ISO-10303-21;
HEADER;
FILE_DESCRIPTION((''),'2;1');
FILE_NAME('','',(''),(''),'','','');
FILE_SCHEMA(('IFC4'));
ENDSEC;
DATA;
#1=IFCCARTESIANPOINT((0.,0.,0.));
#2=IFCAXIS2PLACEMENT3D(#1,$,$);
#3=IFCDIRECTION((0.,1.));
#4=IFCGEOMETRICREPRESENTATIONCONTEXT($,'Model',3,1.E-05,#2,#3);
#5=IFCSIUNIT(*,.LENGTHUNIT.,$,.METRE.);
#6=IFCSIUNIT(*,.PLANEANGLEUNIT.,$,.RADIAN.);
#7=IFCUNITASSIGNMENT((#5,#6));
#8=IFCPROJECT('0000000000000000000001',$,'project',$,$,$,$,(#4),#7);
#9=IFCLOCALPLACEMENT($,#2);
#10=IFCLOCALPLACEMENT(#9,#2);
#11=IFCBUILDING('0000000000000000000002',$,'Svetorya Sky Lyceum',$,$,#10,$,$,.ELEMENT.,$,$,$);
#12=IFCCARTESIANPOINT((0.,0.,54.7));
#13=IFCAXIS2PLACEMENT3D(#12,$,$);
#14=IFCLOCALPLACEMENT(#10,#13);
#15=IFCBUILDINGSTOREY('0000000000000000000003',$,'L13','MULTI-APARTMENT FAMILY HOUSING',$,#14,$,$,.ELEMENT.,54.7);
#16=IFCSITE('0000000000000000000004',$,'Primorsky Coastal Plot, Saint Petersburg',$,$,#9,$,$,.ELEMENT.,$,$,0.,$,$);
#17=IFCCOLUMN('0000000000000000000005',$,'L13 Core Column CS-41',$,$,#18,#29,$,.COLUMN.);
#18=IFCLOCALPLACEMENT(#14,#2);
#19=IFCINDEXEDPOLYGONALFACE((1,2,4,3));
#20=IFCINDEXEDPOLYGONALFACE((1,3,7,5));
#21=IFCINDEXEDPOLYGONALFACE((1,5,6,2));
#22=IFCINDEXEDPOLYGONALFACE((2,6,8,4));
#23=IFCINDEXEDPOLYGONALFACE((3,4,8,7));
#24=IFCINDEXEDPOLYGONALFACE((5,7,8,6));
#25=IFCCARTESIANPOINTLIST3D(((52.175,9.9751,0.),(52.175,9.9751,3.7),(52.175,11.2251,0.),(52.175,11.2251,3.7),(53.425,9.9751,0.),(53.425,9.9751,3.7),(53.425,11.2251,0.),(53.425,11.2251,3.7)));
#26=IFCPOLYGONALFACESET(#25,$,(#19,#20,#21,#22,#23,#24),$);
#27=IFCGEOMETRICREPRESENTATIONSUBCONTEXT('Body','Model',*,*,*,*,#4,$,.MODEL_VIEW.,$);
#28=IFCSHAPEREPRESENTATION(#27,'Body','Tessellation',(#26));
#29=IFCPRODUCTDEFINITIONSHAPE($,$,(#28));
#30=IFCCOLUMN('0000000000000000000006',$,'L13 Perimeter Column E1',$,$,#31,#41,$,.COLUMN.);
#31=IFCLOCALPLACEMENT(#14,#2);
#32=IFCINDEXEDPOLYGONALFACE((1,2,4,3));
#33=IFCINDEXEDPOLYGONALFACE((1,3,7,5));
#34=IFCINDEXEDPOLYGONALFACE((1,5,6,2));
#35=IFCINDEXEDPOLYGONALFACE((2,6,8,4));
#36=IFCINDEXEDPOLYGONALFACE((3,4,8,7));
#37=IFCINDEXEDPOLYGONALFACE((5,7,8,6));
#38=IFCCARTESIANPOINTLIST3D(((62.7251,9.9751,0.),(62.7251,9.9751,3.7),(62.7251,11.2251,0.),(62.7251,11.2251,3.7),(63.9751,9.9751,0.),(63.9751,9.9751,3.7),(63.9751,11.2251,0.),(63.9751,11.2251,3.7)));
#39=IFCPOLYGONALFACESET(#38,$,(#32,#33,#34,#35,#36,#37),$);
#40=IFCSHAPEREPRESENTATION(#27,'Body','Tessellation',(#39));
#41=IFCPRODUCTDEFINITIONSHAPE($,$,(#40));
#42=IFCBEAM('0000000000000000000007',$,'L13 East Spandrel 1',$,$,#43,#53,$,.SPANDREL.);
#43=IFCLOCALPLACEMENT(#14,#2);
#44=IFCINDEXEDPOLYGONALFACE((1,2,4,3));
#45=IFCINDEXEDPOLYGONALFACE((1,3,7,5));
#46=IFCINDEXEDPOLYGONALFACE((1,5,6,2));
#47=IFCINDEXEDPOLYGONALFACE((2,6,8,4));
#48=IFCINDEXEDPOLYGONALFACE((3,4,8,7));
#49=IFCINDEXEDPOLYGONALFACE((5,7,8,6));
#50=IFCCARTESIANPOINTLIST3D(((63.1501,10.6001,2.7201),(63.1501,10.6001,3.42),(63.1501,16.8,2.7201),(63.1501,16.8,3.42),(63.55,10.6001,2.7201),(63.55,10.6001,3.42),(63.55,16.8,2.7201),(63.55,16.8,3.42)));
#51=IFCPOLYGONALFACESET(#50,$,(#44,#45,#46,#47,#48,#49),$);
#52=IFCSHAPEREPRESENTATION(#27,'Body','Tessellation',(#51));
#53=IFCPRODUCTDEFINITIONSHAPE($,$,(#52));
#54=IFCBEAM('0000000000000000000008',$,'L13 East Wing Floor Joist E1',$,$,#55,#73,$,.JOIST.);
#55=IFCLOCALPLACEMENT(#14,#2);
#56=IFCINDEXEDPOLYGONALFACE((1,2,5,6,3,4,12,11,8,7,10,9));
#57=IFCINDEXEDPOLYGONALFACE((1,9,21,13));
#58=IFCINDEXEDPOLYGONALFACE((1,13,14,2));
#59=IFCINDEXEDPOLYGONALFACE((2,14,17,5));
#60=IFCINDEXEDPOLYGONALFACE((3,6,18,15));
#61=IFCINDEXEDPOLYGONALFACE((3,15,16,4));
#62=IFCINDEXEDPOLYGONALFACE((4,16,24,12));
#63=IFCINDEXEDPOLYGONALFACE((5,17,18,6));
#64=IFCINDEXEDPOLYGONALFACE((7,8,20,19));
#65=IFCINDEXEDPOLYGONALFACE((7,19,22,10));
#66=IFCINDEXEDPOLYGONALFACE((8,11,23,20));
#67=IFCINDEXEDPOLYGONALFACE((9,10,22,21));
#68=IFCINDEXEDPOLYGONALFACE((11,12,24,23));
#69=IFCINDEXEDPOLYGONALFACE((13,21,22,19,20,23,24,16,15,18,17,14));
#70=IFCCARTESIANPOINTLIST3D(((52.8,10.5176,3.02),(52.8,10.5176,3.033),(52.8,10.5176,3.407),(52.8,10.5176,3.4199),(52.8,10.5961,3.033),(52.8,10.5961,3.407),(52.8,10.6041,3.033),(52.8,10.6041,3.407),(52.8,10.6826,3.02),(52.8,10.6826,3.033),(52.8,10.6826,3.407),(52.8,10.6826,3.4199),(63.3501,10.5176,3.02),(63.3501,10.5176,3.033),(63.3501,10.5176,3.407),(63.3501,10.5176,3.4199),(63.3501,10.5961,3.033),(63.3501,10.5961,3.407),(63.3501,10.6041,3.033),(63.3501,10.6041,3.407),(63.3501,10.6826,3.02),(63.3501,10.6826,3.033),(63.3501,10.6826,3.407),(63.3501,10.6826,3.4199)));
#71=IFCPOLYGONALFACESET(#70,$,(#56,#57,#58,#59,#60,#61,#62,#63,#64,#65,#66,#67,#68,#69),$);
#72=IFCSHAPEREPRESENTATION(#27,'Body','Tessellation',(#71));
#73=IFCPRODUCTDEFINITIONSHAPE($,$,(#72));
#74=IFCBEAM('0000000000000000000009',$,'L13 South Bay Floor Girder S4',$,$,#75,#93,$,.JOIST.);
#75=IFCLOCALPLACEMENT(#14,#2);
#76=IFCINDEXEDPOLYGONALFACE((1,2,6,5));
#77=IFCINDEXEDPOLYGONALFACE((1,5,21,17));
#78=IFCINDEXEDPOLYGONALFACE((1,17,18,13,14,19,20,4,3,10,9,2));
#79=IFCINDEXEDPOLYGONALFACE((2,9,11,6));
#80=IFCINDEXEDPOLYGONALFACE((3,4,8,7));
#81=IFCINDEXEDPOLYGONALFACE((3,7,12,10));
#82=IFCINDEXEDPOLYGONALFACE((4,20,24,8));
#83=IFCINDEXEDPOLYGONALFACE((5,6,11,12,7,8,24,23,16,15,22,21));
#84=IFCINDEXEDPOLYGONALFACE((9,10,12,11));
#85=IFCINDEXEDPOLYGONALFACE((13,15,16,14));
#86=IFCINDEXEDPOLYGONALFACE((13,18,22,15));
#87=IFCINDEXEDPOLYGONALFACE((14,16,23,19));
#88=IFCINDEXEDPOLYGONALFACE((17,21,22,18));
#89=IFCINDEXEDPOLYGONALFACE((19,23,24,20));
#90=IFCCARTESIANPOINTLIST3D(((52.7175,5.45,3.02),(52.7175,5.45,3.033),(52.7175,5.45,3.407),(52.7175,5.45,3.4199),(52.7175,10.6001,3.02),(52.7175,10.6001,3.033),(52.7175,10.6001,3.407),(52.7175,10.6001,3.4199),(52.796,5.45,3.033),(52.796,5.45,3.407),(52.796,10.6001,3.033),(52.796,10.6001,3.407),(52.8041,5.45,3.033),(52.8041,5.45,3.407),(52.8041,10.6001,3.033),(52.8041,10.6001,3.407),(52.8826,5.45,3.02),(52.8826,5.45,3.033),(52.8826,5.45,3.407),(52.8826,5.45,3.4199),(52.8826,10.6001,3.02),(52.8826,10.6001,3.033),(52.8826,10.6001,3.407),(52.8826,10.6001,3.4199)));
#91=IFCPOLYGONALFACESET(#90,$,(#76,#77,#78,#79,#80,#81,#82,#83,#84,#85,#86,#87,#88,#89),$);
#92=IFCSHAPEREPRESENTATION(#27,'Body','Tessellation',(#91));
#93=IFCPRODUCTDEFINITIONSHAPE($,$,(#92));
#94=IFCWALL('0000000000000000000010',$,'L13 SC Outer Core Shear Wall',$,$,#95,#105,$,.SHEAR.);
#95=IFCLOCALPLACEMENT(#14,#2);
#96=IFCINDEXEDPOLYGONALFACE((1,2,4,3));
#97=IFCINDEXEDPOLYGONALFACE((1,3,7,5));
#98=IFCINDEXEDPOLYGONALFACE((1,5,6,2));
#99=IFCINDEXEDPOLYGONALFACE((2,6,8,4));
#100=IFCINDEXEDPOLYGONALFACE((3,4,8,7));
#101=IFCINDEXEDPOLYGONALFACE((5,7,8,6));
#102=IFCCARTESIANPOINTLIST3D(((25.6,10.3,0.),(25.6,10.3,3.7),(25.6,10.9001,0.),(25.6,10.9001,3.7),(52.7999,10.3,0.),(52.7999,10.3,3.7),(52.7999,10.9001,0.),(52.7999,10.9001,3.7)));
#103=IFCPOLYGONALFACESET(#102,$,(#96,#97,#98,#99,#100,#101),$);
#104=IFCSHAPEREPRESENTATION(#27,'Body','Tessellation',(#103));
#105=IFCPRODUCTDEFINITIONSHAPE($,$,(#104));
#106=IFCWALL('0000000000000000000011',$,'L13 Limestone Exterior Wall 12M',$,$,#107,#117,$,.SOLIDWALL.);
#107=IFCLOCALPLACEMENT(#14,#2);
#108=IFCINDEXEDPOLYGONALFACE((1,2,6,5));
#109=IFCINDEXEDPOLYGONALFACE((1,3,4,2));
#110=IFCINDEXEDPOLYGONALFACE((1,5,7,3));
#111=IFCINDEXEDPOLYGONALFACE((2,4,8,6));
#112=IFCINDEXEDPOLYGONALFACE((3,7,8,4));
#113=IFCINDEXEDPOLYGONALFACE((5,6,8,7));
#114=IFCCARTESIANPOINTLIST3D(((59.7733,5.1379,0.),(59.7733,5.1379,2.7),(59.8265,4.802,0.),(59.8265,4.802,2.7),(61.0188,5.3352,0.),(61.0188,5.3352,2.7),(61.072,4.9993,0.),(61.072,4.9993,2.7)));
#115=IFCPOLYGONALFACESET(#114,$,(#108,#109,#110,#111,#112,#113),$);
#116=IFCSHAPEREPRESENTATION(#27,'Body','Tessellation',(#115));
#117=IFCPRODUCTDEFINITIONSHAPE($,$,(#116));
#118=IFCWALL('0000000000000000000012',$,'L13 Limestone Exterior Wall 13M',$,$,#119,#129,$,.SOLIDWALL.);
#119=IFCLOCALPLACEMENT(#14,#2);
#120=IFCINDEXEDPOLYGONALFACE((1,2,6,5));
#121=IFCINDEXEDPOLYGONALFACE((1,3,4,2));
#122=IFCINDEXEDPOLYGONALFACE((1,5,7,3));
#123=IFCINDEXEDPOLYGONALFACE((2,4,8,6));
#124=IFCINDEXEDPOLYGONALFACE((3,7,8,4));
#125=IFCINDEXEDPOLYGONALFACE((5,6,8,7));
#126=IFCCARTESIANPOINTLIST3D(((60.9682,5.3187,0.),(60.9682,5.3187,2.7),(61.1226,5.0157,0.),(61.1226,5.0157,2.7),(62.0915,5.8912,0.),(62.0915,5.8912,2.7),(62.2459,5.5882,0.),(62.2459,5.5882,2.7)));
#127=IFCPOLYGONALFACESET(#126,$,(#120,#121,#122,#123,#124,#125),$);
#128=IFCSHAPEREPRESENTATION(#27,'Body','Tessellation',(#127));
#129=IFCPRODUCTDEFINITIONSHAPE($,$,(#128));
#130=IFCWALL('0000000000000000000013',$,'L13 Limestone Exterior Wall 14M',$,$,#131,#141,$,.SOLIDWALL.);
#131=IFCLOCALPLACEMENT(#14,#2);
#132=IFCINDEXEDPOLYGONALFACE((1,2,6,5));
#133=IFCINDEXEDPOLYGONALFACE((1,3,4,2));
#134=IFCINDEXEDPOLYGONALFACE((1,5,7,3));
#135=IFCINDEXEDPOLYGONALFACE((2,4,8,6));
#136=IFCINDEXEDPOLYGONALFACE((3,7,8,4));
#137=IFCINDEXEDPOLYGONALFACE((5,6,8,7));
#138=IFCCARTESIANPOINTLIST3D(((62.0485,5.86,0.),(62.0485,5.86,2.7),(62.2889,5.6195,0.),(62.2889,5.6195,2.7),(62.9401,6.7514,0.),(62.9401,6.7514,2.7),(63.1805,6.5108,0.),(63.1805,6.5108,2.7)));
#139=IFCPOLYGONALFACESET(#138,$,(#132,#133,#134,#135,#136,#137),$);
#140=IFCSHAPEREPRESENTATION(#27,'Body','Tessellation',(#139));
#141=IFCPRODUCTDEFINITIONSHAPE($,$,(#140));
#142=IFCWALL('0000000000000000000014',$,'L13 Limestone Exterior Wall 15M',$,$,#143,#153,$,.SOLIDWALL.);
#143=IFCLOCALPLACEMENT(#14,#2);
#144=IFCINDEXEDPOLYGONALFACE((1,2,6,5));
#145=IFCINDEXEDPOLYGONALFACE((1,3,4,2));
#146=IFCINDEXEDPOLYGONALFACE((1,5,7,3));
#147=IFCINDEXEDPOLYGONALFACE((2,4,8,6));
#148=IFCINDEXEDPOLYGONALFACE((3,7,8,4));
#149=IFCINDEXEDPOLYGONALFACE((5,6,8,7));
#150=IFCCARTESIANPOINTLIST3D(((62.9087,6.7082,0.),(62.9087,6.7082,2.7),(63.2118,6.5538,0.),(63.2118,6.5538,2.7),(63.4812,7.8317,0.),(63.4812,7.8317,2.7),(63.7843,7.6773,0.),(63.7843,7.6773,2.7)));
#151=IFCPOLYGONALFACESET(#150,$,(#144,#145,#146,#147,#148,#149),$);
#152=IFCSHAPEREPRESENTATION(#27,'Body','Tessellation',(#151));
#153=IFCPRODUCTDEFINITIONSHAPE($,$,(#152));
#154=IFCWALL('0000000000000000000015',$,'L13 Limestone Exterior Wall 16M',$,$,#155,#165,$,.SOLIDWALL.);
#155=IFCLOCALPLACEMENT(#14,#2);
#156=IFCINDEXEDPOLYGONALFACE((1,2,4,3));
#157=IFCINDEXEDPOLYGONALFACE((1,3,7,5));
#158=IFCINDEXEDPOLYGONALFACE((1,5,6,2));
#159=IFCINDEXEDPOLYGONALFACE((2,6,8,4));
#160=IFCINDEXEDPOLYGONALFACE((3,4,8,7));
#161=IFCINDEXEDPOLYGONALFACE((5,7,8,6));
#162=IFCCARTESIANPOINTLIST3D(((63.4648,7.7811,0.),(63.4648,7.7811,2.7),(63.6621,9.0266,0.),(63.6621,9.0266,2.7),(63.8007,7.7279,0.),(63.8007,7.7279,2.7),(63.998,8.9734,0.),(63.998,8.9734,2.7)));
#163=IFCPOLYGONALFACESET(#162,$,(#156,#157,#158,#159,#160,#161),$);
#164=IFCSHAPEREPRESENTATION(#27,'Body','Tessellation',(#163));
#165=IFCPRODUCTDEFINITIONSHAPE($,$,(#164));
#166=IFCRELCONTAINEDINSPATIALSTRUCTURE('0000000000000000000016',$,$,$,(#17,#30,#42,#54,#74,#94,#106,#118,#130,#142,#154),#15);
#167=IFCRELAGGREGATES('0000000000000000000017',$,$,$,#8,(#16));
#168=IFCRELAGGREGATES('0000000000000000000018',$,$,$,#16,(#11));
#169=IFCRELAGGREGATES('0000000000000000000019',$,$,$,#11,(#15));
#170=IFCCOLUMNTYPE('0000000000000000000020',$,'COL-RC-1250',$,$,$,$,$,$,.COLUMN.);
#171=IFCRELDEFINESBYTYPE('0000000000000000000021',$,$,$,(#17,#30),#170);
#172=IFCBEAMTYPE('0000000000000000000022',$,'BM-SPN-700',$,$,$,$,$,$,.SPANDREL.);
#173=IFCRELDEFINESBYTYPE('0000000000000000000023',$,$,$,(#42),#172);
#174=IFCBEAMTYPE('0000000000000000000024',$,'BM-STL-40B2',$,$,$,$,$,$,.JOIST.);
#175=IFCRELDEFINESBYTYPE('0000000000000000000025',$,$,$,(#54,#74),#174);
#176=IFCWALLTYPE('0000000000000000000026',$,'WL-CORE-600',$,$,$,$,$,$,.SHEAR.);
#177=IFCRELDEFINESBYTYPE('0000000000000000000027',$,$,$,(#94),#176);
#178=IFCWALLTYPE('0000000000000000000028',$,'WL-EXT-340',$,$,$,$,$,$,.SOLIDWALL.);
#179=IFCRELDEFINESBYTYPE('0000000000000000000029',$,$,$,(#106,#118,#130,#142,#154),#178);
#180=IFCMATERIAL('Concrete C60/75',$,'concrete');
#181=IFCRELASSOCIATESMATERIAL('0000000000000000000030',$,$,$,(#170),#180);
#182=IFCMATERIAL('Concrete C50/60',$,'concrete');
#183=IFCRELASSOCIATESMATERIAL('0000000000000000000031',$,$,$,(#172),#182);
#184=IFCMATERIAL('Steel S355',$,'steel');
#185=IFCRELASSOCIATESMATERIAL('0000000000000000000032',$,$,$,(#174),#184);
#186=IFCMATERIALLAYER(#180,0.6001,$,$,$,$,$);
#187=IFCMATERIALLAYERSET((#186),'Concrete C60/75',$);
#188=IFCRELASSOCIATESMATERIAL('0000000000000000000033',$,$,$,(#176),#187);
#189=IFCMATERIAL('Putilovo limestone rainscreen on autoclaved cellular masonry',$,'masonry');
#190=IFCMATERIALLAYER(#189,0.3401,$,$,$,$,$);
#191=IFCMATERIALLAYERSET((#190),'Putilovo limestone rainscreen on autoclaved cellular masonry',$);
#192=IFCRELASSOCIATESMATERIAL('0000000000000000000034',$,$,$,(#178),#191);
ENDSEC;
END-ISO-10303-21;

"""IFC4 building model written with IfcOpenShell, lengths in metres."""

from ifc_helpers import new_model, si_unit, direction, frame, frame_2d, origin, origin_2d, place, context, subcontext, project, spatial, rectangle, i_section, extrude, material, layer, layer_set, material_profile, profile_set, type_object, element, save


model = new_model("IFC4")

# Units and contexts
model_context = context("Model", 3, precision=1e-05, world=origin(), true_north=direction((0.0, 1.0)))
body_context = subcontext(model_context, "Body", "Model", "MODEL_VIEW")
ifc_project = project(units=[si_unit("LENGTHUNIT", "METRE"), si_unit("PLANEANGLEUNIT", "RADIAN")], contexts=[model_context])

# Site, building, storey
site_placement = place(None, origin())
site = spatial("IfcSite", under=ifc_project, at=site_placement, Name="Primorsky Coastal Plot, Saint Petersburg", CompositionType="ELEMENT", RefElevation=0.0)
building_placement = place(site_placement, origin())
building = spatial("IfcBuilding", under=site, at=building_placement, Name="Svetorya Sky Lyceum", CompositionType="ELEMENT")
storey_placement = place(building_placement, frame((0.0, 0.0, 54.7)))
storey = spatial("IfcBuildingStorey", under=building, at=storey_placement, Name="L13", Description="MULTI-APARTMENT FAMILY HOUSING", CompositionType="ELEMENT", Elevation=54.7)

# Columns
ifc_material_1 = material(Name="Concrete C60/75", Category="concrete")
ifc_material_profile_1 = material_profile(ifc_material_1, rectangle(XDim=1.25, YDim=1.25, at=origin_2d()), Name="RC COL 1250x1250")
ifc_profile_set_1 = profile_set([ifc_material_profile_1], Name="Concrete C60/75")
column_type = type_object("IfcColumnType", Name="COL-RC-1250", PredefinedType="COLUMN", material=ifc_profile_set_1)
for number, where, z_axis, x_axis, name in (
    (1, (52.8, 10.6001, 0.0), (0.0, 0.0, 1.0), (1.0, 0.0, 0.0), "L13 Core Column CS-41"),
    (2, (63.3501, 10.6001, 0.0), (0.0, 0.0, 1.0), (1.0, 0.0, 0.0), "L13 Perimeter Column E1"),
):
    element("IfcColumn", number, at=place(storey_placement, frame(where, z_axis=z_axis, x_axis=x_axis)), inside=storey, type_object=column_type, Name=name, PredefinedType="COLUMN", context=body_context, shape_type="SweptSolid", body=[
        extrude(rectangle(XDim=1.25, YDim=1.25, at=origin_2d()), origin(), (0.0, 0.0, 1.0), 3.7),
    ])

# Beams
ifc_material_2 = material(Name="Concrete C50/60", Category="concrete")
ifc_material_profile_2 = material_profile(ifc_material_2, rectangle(XDim=0.3999, YDim=0.7, at=origin_2d()), Name="RC SPANDREL 400x700")
ifc_profile_set_2 = profile_set([ifc_material_profile_2], Name="Concrete C50/60")
beam_type_1 = type_object("IfcBeamType", Name="BM-SPN-700", PredefinedType="SPANDREL", material=ifc_profile_set_2)
beam_1_placement = place(storey_placement, frame((63.3501, 10.6001, 3.0701), z_axis=(0.0, 1.0, 0.0), x_axis=(-1.0, 0.0, 0.0)))
element("IfcBeam", 3, at=beam_1_placement, inside=storey, type_object=beam_type_1, Name="L13 East Spandrel 1", PredefinedType="SPANDREL", context=body_context, shape_type="SweptSolid", body=[
    extrude(rectangle(XDim=0.3999, YDim=0.7, at=origin_2d()), origin(), (0.0, 0.0, 1.0), 6.2),
])
ifc_material_3 = material(Name="Steel S355", Category="steel")
ifc_material_profile_3 = material_profile(ifc_material_3, i_section(OverallWidth=0.165, OverallDepth=0.3999, WebThickness=0.0081, FlangeThickness=0.0129, at=origin_2d()), Name="GOST 40B2")
ifc_profile_set_3 = profile_set([ifc_material_profile_3], Name="Steel S355")
beam_type_2 = type_object("IfcBeamType", Name="BM-STL-40B2", PredefinedType="JOIST", material=ifc_profile_set_3)
beam_2_placement = place(storey_placement, frame((52.8, 10.6001, 3.22), z_axis=(1.0, 0.0, 0.0), x_axis=(0.0, 1.0, 0.0)))
element("IfcBeam", 4, at=beam_2_placement, inside=storey, type_object=beam_type_2, Name="L13 East Wing Floor Joist E1", PredefinedType="JOIST", context=body_context, shape_type="SweptSolid", body=[
    extrude(i_section(OverallWidth=0.165, OverallDepth=0.3999, WebThickness=0.0081, FlangeThickness=0.0129, at=origin_2d()), origin(), (0.0, 0.0, 1.0), 10.55),
])
beam_3_placement = place(storey_placement, frame((52.8, 5.45, 3.22), z_axis=(0.0, 1.0, 0.0), x_axis=(-1.0, 0.0, 0.0)))
element("IfcBeam", 5, at=beam_3_placement, inside=storey, type_object=beam_type_2, Name="L13 South Bay Floor Girder S4", PredefinedType="JOIST", context=body_context, shape_type="SweptSolid", body=[
    extrude(i_section(OverallWidth=0.165, OverallDepth=0.3999, WebThickness=0.0081, FlangeThickness=0.0129, at=origin_2d()), origin(), (0.0, 0.0, 1.0), 5.1501),
])

# Walls
ifc_layer_1 = layer(ifc_material_1, 0.6001)
ifc_layer_set_1 = layer_set([ifc_layer_1], Name="Concrete C60/75")
wall_type_1 = type_object("IfcWallType", Name="WL-CORE-600", PredefinedType="SHEAR", material=ifc_layer_set_1)
wall_1_placement = place(storey_placement, frame((52.8, 10.6001, 0.0), z_axis=(0.0, 0.0, 1.0), x_axis=(-1.0, 0.0, 0.0)))
element("IfcWall", 6, at=wall_1_placement, inside=storey, type_object=wall_type_1, Name="L13 SC Outer Core Shear Wall", PredefinedType="SHEAR", context=body_context, shape_type="SweptSolid", body=[
    extrude(rectangle(XDim=27.2, YDim=0.6001, at=frame_2d((13.6001, 0.0))), origin(), (0.0, 0.0, 1.0), 3.7),
])
ifc_material_4 = material(Name="Putilovo limestone rainscreen on autoclaved cellular masonry", Category="masonry")
ifc_layer_2 = layer(ifc_material_4, 0.3401)
ifc_layer_set_2 = layer_set([ifc_layer_2], Name="Putilovo limestone rainscreen on autoclaved cellular masonry")
wall_type_2 = type_object("IfcWallType", Name="WL-EXT-340", PredefinedType="SOLIDWALL", material=ifc_layer_set_2)
wall_2_placement = place(storey_placement, frame((59.8, 4.97, 0.0), z_axis=(0.0, 0.0, 1.0), x_axis=(0.987686, 0.15645, 0.0)))
element("IfcWall", 7, at=wall_2_placement, inside=storey, type_object=wall_type_2, Name="L13 Limestone Exterior Wall 12M", PredefinedType="SOLIDWALL", context=body_context, shape_type="SweptSolid", body=[
    extrude(rectangle(XDim=1.261, YDim=0.3401, at=frame_2d((0.6304, 0.0))), origin(), (0.0, 0.0, 1.0), 2.7),
])
for number, where, z_axis, x_axis, name in (
    (8, (61.0454, 5.1672, 0.0), (0.0, 0.0, 1.0), (0.890954, 0.454094, 0.0), "L13 Limestone Exterior Wall 13M"),
    (9, (62.1687, 5.7397, 0.0), (0.0, 0.0, 1.0), (0.707204, 0.70701, 0.0), "L13 Limestone Exterior Wall 14M"),
):
    element("IfcWall", number, at=place(storey_placement, frame(where, z_axis=z_axis, x_axis=x_axis)), inside=storey, type_object=wall_type_2, Name=name, PredefinedType="SOLIDWALL", context=body_context, shape_type="SweptSolid", body=[
        extrude(rectangle(XDim=1.2607, YDim=0.3401, at=frame_2d((0.6304, 0.0))), origin(), (0.0, 0.0, 1.0), 2.7),
    ])
for number, where, z_axis, x_axis, name in (
    (10, (63.0603, 6.6311, 0.0), (0.0, 0.0, 1.0), (0.454016, 0.890994, 0.0), "L13 Limestone Exterior Wall 15M"),
    (11, (63.6328, 7.7546, 0.0), (0.0, 0.0, 1.0), (0.15645, 0.987686, 0.0), "L13 Limestone Exterior Wall 16M"),
):
    element("IfcWall", number, at=place(storey_placement, frame(where, z_axis=z_axis, x_axis=x_axis)), inside=storey, type_object=wall_type_2, Name=name, PredefinedType="SOLIDWALL", context=body_context, shape_type="SweptSolid", body=[
        extrude(rectangle(XDim=1.261, YDim=0.3401, at=frame_2d((0.6304, 0.0))), origin(), (0.0, 0.0, 1.0), 2.7),
    ])

save(model, "model.ifc")
